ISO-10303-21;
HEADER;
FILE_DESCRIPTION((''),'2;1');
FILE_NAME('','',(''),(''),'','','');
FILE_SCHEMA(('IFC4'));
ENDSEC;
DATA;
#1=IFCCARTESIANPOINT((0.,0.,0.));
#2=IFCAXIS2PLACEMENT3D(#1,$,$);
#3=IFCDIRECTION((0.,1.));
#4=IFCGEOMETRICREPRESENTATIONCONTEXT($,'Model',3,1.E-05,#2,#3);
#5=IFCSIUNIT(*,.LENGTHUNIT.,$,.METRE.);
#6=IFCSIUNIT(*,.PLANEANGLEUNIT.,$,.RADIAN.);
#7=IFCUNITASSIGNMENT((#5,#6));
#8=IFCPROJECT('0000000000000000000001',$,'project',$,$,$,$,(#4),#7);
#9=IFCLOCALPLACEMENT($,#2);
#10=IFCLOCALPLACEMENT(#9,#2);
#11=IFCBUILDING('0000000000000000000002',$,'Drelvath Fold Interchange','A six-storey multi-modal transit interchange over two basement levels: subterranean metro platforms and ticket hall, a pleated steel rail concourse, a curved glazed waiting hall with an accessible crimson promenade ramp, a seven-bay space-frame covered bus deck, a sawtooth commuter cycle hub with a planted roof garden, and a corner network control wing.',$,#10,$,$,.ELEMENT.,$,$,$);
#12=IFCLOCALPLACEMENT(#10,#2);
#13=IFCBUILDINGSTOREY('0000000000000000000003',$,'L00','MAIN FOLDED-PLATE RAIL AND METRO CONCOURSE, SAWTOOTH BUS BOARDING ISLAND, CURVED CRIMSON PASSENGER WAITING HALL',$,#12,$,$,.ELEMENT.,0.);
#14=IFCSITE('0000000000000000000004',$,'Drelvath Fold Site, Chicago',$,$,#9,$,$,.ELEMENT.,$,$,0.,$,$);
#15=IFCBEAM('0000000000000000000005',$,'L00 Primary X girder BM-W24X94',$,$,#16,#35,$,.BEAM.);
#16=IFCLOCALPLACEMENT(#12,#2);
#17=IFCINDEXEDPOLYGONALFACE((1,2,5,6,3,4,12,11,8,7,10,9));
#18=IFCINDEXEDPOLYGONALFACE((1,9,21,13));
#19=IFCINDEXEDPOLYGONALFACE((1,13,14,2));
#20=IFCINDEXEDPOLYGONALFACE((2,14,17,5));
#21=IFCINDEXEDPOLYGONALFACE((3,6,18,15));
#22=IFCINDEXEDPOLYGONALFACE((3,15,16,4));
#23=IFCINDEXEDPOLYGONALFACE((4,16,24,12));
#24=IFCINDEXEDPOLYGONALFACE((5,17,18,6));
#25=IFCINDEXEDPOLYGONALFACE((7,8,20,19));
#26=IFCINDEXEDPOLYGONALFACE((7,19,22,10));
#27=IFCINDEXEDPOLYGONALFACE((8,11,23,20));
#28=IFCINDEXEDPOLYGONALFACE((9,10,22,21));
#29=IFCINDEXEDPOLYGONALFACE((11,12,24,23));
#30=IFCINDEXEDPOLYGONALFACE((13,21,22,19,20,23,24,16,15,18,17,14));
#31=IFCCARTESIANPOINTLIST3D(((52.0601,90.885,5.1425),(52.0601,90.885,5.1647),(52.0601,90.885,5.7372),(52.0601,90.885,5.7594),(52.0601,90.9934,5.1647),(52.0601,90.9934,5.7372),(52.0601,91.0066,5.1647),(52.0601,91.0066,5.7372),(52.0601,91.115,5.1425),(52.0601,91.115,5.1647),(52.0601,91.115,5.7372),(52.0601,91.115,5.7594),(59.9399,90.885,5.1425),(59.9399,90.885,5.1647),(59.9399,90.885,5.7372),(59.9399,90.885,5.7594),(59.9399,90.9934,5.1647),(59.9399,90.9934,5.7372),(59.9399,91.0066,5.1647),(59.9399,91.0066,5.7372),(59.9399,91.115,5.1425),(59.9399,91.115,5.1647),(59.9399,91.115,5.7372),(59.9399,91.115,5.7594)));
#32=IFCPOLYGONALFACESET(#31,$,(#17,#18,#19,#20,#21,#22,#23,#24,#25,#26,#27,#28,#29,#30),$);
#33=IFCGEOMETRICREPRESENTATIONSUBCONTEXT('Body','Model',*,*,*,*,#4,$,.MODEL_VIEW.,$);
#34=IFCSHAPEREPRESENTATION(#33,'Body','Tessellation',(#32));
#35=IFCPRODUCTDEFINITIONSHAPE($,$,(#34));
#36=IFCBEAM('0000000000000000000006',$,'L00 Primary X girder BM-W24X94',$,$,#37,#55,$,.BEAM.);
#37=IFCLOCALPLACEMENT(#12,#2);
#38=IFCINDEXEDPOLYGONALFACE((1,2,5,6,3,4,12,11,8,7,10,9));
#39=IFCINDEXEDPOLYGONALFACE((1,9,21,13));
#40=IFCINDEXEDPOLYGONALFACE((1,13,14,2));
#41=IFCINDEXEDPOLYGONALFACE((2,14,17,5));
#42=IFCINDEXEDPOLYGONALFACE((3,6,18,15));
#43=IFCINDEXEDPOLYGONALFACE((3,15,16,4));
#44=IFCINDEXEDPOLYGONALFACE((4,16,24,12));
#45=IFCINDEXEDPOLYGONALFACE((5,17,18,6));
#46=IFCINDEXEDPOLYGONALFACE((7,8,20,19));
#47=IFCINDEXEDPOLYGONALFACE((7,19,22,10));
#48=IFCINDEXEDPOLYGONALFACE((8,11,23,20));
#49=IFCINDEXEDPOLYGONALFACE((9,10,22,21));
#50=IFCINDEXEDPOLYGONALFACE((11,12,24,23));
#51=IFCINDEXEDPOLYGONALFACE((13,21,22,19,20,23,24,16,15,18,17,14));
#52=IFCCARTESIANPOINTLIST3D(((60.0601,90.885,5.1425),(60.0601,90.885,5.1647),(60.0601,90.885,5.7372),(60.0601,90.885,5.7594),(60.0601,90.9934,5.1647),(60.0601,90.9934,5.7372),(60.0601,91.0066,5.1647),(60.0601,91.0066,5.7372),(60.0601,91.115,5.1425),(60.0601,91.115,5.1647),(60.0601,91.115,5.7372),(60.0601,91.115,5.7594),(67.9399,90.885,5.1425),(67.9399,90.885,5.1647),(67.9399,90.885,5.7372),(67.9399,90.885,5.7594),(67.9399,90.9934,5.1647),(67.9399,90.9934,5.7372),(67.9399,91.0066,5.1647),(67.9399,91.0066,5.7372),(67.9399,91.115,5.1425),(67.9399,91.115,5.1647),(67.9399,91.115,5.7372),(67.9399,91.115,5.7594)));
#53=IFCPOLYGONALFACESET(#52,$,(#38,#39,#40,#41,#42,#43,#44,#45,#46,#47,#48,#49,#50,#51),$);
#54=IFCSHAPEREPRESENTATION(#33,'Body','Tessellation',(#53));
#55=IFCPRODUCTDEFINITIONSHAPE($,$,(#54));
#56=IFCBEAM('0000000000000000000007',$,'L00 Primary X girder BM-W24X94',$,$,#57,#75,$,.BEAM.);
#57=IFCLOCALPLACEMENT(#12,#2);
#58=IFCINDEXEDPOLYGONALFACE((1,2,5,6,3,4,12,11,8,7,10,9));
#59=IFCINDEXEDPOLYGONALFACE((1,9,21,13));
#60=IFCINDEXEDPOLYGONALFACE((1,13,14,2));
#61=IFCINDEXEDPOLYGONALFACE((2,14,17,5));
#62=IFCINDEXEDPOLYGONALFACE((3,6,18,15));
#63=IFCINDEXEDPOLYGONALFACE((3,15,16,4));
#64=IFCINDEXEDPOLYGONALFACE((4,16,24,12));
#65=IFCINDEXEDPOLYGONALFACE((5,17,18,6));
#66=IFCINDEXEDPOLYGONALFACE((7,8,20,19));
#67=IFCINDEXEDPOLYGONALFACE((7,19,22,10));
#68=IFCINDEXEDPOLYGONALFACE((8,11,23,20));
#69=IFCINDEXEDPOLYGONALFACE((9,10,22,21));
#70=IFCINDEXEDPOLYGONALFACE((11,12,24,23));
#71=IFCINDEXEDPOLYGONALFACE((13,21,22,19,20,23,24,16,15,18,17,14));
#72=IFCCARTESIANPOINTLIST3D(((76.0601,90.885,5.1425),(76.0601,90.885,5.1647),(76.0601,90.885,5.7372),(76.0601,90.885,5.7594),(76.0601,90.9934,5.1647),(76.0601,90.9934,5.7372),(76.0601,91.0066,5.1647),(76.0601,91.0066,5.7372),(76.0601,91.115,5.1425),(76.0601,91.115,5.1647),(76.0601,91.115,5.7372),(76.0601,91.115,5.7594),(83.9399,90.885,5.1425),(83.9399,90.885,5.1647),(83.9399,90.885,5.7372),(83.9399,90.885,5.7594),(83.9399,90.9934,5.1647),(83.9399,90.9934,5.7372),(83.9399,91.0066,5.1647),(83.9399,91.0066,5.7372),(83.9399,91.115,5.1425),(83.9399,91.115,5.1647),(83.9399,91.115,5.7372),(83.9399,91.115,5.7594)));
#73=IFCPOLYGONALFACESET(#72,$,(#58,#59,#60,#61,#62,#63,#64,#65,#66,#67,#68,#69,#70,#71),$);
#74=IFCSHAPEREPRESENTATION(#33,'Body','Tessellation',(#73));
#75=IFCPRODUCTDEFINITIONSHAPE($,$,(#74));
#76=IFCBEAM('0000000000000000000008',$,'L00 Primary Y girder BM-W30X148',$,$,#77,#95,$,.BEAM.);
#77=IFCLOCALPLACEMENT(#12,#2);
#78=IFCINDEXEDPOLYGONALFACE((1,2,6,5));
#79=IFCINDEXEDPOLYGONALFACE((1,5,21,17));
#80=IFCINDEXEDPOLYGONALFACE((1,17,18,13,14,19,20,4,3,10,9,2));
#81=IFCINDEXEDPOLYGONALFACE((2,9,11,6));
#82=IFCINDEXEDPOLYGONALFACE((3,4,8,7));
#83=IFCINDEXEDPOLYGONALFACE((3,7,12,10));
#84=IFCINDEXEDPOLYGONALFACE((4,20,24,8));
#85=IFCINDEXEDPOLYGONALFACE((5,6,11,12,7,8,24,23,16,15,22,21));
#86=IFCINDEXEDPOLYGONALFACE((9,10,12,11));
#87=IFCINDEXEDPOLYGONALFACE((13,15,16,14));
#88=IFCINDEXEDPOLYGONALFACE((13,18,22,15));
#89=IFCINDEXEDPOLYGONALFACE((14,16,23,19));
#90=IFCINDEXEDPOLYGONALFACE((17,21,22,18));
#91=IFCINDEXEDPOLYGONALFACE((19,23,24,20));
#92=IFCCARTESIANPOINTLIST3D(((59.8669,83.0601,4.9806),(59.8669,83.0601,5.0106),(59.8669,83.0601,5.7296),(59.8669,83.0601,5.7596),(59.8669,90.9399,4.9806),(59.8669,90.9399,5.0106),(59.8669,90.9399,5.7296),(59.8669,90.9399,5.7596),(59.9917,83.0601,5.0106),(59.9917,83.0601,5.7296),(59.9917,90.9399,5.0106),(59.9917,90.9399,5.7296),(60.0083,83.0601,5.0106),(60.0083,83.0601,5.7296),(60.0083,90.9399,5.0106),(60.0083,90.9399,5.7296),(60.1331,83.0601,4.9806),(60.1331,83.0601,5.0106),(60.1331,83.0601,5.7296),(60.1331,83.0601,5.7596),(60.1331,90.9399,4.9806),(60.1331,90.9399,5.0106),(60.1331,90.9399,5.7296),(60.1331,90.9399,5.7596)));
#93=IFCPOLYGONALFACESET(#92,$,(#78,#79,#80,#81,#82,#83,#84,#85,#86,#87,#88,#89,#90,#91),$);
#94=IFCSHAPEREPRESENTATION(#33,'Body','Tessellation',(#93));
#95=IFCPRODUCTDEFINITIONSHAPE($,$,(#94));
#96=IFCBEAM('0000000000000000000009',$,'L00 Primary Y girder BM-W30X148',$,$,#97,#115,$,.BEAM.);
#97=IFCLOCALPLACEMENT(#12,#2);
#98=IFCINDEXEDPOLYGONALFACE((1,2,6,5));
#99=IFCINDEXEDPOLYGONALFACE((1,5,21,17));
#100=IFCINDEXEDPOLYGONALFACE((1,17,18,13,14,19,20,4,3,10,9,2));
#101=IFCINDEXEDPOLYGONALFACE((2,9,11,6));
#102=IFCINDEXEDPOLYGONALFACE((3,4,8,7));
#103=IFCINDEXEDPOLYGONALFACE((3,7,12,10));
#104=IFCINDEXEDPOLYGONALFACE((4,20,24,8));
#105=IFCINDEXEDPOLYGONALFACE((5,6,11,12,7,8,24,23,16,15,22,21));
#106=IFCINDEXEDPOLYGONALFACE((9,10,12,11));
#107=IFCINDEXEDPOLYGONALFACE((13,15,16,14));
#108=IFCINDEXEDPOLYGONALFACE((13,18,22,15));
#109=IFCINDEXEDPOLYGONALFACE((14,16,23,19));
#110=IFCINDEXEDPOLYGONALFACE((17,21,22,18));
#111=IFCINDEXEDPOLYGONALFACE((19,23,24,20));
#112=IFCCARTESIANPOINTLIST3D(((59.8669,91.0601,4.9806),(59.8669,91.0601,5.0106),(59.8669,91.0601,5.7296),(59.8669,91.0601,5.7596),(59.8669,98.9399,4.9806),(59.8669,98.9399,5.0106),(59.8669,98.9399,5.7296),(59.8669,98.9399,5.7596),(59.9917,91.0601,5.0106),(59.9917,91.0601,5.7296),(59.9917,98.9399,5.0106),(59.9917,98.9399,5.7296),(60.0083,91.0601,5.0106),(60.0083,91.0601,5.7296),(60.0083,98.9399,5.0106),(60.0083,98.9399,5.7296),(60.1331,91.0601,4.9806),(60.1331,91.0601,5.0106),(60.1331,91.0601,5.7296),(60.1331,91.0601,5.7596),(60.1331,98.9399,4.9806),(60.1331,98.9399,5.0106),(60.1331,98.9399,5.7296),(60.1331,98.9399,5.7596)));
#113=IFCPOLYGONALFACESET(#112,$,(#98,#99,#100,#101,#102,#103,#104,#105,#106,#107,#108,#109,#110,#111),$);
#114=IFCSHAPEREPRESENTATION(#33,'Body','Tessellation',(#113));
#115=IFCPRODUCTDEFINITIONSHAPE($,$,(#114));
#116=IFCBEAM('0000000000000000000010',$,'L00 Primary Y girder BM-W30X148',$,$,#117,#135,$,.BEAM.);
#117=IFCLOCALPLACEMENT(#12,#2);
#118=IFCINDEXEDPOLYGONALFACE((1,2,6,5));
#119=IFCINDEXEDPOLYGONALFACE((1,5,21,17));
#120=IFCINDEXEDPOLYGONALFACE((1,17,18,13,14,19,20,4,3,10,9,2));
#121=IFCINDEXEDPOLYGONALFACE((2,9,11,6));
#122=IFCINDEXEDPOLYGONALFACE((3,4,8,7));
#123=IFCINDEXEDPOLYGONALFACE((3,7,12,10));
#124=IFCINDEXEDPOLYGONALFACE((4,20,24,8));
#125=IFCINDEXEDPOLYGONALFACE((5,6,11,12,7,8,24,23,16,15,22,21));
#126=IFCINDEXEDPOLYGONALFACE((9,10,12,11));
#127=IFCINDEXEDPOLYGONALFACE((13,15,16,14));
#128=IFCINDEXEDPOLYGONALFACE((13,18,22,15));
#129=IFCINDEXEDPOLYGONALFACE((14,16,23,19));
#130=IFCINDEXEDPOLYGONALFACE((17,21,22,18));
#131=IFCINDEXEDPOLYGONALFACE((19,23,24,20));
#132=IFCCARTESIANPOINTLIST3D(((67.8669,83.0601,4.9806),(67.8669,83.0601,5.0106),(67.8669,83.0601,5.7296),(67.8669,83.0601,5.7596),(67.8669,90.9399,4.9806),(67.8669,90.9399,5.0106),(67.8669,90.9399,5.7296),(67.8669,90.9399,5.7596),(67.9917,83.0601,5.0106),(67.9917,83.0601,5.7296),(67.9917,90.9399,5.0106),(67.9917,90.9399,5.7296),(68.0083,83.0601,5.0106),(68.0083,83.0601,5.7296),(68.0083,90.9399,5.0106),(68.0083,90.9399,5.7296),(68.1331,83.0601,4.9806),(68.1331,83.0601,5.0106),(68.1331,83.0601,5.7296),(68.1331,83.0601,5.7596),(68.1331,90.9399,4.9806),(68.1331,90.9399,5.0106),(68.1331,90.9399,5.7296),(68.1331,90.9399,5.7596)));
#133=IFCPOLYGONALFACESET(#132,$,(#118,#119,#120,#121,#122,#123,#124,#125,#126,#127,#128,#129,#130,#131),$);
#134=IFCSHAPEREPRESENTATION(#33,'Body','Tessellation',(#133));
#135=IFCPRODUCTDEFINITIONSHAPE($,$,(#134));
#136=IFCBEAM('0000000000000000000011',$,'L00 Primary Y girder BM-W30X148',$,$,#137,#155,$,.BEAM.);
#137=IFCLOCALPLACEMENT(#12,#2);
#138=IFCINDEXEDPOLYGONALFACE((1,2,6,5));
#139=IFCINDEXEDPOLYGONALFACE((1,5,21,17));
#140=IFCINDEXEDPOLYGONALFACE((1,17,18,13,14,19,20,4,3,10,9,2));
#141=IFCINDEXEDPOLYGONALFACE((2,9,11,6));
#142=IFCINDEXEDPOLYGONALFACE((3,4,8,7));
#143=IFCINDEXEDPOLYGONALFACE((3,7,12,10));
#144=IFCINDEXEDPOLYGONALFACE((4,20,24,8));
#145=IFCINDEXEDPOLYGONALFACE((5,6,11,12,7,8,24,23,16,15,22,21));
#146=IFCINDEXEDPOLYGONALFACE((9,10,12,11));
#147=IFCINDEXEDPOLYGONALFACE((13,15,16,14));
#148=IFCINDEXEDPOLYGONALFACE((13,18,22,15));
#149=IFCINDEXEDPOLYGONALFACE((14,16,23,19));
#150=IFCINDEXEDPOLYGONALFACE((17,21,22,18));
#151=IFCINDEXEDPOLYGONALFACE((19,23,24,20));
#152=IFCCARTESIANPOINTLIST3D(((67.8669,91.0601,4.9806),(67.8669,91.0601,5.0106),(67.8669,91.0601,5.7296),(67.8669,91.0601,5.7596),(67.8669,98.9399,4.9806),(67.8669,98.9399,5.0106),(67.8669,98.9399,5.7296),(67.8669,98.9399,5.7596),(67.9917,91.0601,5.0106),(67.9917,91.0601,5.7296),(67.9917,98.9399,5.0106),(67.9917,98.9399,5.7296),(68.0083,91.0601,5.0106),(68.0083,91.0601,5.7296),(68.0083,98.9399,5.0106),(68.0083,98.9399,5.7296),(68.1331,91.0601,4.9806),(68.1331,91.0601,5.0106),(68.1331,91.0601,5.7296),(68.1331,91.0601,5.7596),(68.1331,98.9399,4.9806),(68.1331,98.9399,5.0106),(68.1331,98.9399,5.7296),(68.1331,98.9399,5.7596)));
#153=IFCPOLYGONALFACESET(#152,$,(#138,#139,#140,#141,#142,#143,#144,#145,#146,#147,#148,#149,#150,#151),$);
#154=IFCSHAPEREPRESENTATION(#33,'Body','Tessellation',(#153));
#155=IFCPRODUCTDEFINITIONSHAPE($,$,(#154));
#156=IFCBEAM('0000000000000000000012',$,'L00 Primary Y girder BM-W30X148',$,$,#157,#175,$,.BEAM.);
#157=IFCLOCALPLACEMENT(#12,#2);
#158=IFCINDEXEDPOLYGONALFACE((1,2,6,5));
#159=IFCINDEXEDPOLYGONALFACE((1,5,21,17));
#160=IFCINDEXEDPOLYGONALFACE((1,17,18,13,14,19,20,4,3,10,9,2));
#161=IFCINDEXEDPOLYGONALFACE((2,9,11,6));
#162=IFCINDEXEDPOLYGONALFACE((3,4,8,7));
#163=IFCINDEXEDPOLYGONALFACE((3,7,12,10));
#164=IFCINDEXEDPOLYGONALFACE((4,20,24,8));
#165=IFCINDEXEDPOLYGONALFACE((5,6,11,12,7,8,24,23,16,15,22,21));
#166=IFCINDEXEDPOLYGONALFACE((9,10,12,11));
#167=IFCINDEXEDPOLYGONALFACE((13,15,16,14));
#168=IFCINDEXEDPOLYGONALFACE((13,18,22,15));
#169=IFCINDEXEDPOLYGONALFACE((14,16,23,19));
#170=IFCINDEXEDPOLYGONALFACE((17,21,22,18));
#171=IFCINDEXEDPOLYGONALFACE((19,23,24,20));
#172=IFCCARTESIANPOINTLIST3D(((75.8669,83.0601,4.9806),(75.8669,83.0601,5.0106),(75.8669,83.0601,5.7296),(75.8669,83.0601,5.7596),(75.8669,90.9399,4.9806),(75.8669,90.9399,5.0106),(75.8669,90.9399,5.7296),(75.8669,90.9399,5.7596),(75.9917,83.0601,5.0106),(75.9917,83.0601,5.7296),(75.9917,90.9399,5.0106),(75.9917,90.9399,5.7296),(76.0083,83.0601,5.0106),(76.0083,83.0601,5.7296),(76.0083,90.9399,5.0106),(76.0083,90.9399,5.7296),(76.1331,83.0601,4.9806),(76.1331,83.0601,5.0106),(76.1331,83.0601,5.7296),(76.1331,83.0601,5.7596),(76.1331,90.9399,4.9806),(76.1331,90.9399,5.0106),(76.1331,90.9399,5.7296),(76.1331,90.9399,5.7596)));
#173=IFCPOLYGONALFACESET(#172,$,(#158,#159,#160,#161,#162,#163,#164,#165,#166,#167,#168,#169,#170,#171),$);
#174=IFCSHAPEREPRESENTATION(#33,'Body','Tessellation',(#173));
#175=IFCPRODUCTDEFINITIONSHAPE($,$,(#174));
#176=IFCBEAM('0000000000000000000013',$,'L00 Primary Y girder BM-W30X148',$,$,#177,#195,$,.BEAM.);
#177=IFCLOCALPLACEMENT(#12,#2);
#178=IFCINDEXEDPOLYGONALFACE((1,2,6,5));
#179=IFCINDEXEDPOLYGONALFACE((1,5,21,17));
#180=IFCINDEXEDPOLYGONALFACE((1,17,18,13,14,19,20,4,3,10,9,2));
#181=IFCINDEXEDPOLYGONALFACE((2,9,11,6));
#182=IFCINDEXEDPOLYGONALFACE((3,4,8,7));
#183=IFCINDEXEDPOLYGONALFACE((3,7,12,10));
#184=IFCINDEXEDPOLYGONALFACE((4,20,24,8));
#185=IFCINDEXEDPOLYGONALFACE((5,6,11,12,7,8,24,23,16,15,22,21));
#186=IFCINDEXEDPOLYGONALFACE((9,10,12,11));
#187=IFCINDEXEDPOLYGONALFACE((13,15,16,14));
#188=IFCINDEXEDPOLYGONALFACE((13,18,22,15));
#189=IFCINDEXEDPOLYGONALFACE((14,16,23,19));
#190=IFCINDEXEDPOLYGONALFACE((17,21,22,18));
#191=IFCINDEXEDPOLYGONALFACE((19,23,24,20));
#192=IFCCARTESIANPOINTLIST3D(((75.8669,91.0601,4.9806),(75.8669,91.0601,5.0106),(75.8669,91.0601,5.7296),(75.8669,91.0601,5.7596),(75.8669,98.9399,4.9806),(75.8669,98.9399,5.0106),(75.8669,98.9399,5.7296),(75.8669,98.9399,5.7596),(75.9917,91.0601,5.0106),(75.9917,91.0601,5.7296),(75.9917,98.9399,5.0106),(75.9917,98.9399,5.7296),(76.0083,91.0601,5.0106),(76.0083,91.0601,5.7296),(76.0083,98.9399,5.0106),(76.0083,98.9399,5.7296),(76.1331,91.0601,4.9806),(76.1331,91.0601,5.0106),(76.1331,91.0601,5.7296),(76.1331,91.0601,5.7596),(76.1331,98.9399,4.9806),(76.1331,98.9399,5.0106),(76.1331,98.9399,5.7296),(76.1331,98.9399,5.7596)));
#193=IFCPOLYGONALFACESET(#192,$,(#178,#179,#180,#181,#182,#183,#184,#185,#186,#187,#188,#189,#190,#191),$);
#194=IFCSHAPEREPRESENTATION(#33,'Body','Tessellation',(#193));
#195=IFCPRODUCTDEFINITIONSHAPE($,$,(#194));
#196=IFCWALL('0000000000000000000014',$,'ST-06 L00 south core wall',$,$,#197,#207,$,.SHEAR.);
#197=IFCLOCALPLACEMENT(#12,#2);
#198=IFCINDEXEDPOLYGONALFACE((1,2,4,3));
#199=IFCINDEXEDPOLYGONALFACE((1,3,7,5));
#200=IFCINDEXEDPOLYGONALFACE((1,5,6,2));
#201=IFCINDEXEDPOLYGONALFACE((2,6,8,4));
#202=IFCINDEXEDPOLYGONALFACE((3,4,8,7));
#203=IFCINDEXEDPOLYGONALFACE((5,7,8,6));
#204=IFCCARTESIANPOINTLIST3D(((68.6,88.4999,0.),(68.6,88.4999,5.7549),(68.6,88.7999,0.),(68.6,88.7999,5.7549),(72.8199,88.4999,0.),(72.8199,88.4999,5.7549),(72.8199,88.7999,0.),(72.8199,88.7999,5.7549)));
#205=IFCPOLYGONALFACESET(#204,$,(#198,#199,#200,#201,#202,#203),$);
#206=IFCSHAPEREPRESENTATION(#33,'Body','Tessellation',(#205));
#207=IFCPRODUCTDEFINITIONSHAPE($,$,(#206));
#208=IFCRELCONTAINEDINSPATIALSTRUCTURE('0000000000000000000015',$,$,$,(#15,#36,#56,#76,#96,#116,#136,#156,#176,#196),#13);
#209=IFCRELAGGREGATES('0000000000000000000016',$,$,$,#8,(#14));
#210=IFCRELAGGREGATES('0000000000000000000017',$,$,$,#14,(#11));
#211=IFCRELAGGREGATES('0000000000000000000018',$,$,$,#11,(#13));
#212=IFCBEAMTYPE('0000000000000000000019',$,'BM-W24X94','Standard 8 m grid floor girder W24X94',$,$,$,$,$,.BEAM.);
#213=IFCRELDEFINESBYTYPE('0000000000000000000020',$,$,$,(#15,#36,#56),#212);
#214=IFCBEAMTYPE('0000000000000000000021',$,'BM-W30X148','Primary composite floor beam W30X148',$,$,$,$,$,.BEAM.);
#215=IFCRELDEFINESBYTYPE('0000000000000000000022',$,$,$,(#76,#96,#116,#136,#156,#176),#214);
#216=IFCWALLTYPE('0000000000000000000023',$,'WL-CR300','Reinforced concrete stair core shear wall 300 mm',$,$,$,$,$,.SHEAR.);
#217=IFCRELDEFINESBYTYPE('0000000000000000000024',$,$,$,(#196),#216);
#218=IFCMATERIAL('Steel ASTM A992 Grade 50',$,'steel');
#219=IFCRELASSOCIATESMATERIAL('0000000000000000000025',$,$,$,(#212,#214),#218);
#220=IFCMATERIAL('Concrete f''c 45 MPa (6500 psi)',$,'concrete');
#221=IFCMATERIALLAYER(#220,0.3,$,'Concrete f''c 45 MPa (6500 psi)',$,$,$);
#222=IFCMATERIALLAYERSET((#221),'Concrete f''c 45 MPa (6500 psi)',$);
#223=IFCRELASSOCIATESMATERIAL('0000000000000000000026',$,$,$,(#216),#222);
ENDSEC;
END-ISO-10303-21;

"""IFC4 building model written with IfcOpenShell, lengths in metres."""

from ifc_helpers import new_model, si_unit, direction, frame, frame_2d, origin, origin_2d, place, context, subcontext, project, spatial, rectangle, i_section, extrude, material, layer, layer_set, material_profile, profile_set, type_object, element, save


model = new_model("IFC4")

# Units and contexts
model_context = context("Model", 3, precision=1e-05, world=origin(), true_north=direction((0.0, 1.0)))
body_context = subcontext(model_context, "Body", "Model", "MODEL_VIEW")
ifc_project = project(units=[si_unit("LENGTHUNIT", "METRE"), si_unit("PLANEANGLEUNIT", "RADIAN")], contexts=[model_context])

# Site, building, storey
site_placement = place(None, origin())
site = spatial("IfcSite", under=ifc_project, at=site_placement, Name="Drelvath Fold Site, Chicago", CompositionType="ELEMENT", RefElevation=0.0)
building_placement = place(site_placement, origin())
building = spatial("IfcBuilding", under=site, at=building_placement, Name="Drelvath Fold Interchange", Description="A six-storey multi-modal transit interchange over two basement levels: subterranean metro platforms and ticket hall, a pleated steel rail concourse, a curved glazed waiting hall with an accessible crimson promenade ramp, a seven-bay space-frame covered bus deck, a sawtooth commuter cycle hub with a planted roof garden, and a corner network control wing.", CompositionType="ELEMENT")
storey_placement = place(building_placement, origin())
storey = spatial("IfcBuildingStorey", under=building, at=storey_placement, Name="L00", Description="MAIN FOLDED-PLATE RAIL AND METRO CONCOURSE, SAWTOOTH BUS BOARDING ISLAND, CURVED CRIMSON PASSENGER WAITING HALL", CompositionType="ELEMENT", Elevation=0.0)

# Beams
ifc_material_1 = material(Name="Steel ASTM A992 Grade 50", Category="steel")
ifc_material_profile_1 = material_profile(ifc_material_1, i_section(OverallWidth=0.23, OverallDepth=0.6169, WebThickness=0.0132, FlangeThickness=0.0222, at=origin_2d()), Name="W24X94")
ifc_profile_set_1 = profile_set([ifc_material_profile_1], Name="Steel ASTM A992 Grade 50")
beam_type_1 = type_object("IfcBeamType", Name="BM-W24X94", Description="Standard 8 m grid floor girder W24X94", PredefinedType="BEAM", material=ifc_profile_set_1)
for number, where, z_axis, x_axis, name in (
    (1, (52.0601, 91.0, 5.4509), (1.0, 0.0, 0.0), (0.0, 1.0, 0.0), "L00 Primary X girder BM-W24X94"),
    (2, (60.0601, 91.0, 5.4509), (1.0, 0.0, 0.0), (0.0, 1.0, 0.0), "L00 Primary X girder BM-W24X94"),
    (3, (76.0601, 91.0, 5.4509), (1.0, 0.0, 0.0), (0.0, 1.0, 0.0), "L00 Primary X girder BM-W24X94"),
):
    element("IfcBeam", number, at=place(storey_placement, frame(where, z_axis=z_axis, x_axis=x_axis)), inside=storey, type_object=beam_type_1, Name=name, PredefinedType="BEAM", context=body_context, shape_type="SweptSolid", body=[
        extrude(i_section(OverallWidth=0.23, OverallDepth=0.6169, WebThickness=0.0132, FlangeThickness=0.0222, at=origin_2d()), origin(), (0.0, 0.0, 1.0), 7.8799),
    ])
ifc_material_profile_2 = material_profile(ifc_material_1, i_section(OverallWidth=0.2661, OverallDepth=0.7791, WebThickness=0.0166, FlangeThickness=0.03, at=origin_2d()), Name="W30X148")
ifc_profile_set_2 = profile_set([ifc_material_profile_2], Name="Steel ASTM A992 Grade 50")
beam_type_2 = type_object("IfcBeamType", Name="BM-W30X148", Description="Primary composite floor beam W30X148", PredefinedType="BEAM", material=ifc_profile_set_2)
for number, where, z_axis, x_axis, name in (
    (4, (60.0, 83.0601, 5.3701), (0.0, 1.0, 0.0), (-1.0, 0.0, 0.0), "L00 Primary Y girder BM-W30X148"),
    (5, (60.0, 91.0601, 5.3701), (0.0, 1.0, 0.0), (-1.0, 0.0, 0.0), "L00 Primary Y girder BM-W30X148"),
    (6, (68.0, 83.0601, 5.3701), (0.0, 1.0, 0.0), (-1.0, 0.0, 0.0), "L00 Primary Y girder BM-W30X148"),
    (7, (68.0, 91.0601, 5.3701), (0.0, 1.0, 0.0), (-1.0, 0.0, 0.0), "L00 Primary Y girder BM-W30X148"),
    (8, (76.0, 83.0601, 5.3701), (0.0, 1.0, 0.0), (-1.0, 0.0, 0.0), "L00 Primary Y girder BM-W30X148"),
    (9, (76.0, 91.0601, 5.3701), (0.0, 1.0, 0.0), (-1.0, 0.0, 0.0), "L00 Primary Y girder BM-W30X148"),
):
    element("IfcBeam", number, at=place(storey_placement, frame(where, z_axis=z_axis, x_axis=x_axis)), inside=storey, type_object=beam_type_2, Name=name, PredefinedType="BEAM", context=body_context, shape_type="SweptSolid", body=[
        extrude(i_section(OverallWidth=0.2661, OverallDepth=0.7791, WebThickness=0.0166, FlangeThickness=0.03, at=origin_2d()), origin(), (0.0, 0.0, 1.0), 7.8799),
    ])

# Wall
ifc_material_2 = material(Name="Concrete f'c 45 MPa (6500 psi)", Category="concrete")
ifc_layer = layer(ifc_material_2, 0.3, Name="Concrete f'c 45 MPa (6500 psi)")
ifc_layer_set = layer_set([ifc_layer], Name="Concrete f'c 45 MPa (6500 psi)")
wall_type = type_object("IfcWallType", Name="WL-CR300", Description="Reinforced concrete stair core shear wall 300 mm", PredefinedType="SHEAR", material=ifc_layer_set)
wall_1_placement = place(storey_placement, frame((68.6001, 88.6499, 0.0), z_axis=(0.0, 0.0, 1.0), x_axis=(1.0, 0.0, 0.0)))
element("IfcWall", 10, at=wall_1_placement, inside=storey, type_object=wall_type, Name="ST-06 L00 south core wall", PredefinedType="SHEAR", context=body_context, shape_type="SweptSolid", body=[
    extrude(rectangle(XDim=4.22, YDim=0.3, at=frame_2d((2.1099, 0.0))), origin(), (0.0, 0.0, 1.0), 5.7549),
])

save(model, "model.ifc")
